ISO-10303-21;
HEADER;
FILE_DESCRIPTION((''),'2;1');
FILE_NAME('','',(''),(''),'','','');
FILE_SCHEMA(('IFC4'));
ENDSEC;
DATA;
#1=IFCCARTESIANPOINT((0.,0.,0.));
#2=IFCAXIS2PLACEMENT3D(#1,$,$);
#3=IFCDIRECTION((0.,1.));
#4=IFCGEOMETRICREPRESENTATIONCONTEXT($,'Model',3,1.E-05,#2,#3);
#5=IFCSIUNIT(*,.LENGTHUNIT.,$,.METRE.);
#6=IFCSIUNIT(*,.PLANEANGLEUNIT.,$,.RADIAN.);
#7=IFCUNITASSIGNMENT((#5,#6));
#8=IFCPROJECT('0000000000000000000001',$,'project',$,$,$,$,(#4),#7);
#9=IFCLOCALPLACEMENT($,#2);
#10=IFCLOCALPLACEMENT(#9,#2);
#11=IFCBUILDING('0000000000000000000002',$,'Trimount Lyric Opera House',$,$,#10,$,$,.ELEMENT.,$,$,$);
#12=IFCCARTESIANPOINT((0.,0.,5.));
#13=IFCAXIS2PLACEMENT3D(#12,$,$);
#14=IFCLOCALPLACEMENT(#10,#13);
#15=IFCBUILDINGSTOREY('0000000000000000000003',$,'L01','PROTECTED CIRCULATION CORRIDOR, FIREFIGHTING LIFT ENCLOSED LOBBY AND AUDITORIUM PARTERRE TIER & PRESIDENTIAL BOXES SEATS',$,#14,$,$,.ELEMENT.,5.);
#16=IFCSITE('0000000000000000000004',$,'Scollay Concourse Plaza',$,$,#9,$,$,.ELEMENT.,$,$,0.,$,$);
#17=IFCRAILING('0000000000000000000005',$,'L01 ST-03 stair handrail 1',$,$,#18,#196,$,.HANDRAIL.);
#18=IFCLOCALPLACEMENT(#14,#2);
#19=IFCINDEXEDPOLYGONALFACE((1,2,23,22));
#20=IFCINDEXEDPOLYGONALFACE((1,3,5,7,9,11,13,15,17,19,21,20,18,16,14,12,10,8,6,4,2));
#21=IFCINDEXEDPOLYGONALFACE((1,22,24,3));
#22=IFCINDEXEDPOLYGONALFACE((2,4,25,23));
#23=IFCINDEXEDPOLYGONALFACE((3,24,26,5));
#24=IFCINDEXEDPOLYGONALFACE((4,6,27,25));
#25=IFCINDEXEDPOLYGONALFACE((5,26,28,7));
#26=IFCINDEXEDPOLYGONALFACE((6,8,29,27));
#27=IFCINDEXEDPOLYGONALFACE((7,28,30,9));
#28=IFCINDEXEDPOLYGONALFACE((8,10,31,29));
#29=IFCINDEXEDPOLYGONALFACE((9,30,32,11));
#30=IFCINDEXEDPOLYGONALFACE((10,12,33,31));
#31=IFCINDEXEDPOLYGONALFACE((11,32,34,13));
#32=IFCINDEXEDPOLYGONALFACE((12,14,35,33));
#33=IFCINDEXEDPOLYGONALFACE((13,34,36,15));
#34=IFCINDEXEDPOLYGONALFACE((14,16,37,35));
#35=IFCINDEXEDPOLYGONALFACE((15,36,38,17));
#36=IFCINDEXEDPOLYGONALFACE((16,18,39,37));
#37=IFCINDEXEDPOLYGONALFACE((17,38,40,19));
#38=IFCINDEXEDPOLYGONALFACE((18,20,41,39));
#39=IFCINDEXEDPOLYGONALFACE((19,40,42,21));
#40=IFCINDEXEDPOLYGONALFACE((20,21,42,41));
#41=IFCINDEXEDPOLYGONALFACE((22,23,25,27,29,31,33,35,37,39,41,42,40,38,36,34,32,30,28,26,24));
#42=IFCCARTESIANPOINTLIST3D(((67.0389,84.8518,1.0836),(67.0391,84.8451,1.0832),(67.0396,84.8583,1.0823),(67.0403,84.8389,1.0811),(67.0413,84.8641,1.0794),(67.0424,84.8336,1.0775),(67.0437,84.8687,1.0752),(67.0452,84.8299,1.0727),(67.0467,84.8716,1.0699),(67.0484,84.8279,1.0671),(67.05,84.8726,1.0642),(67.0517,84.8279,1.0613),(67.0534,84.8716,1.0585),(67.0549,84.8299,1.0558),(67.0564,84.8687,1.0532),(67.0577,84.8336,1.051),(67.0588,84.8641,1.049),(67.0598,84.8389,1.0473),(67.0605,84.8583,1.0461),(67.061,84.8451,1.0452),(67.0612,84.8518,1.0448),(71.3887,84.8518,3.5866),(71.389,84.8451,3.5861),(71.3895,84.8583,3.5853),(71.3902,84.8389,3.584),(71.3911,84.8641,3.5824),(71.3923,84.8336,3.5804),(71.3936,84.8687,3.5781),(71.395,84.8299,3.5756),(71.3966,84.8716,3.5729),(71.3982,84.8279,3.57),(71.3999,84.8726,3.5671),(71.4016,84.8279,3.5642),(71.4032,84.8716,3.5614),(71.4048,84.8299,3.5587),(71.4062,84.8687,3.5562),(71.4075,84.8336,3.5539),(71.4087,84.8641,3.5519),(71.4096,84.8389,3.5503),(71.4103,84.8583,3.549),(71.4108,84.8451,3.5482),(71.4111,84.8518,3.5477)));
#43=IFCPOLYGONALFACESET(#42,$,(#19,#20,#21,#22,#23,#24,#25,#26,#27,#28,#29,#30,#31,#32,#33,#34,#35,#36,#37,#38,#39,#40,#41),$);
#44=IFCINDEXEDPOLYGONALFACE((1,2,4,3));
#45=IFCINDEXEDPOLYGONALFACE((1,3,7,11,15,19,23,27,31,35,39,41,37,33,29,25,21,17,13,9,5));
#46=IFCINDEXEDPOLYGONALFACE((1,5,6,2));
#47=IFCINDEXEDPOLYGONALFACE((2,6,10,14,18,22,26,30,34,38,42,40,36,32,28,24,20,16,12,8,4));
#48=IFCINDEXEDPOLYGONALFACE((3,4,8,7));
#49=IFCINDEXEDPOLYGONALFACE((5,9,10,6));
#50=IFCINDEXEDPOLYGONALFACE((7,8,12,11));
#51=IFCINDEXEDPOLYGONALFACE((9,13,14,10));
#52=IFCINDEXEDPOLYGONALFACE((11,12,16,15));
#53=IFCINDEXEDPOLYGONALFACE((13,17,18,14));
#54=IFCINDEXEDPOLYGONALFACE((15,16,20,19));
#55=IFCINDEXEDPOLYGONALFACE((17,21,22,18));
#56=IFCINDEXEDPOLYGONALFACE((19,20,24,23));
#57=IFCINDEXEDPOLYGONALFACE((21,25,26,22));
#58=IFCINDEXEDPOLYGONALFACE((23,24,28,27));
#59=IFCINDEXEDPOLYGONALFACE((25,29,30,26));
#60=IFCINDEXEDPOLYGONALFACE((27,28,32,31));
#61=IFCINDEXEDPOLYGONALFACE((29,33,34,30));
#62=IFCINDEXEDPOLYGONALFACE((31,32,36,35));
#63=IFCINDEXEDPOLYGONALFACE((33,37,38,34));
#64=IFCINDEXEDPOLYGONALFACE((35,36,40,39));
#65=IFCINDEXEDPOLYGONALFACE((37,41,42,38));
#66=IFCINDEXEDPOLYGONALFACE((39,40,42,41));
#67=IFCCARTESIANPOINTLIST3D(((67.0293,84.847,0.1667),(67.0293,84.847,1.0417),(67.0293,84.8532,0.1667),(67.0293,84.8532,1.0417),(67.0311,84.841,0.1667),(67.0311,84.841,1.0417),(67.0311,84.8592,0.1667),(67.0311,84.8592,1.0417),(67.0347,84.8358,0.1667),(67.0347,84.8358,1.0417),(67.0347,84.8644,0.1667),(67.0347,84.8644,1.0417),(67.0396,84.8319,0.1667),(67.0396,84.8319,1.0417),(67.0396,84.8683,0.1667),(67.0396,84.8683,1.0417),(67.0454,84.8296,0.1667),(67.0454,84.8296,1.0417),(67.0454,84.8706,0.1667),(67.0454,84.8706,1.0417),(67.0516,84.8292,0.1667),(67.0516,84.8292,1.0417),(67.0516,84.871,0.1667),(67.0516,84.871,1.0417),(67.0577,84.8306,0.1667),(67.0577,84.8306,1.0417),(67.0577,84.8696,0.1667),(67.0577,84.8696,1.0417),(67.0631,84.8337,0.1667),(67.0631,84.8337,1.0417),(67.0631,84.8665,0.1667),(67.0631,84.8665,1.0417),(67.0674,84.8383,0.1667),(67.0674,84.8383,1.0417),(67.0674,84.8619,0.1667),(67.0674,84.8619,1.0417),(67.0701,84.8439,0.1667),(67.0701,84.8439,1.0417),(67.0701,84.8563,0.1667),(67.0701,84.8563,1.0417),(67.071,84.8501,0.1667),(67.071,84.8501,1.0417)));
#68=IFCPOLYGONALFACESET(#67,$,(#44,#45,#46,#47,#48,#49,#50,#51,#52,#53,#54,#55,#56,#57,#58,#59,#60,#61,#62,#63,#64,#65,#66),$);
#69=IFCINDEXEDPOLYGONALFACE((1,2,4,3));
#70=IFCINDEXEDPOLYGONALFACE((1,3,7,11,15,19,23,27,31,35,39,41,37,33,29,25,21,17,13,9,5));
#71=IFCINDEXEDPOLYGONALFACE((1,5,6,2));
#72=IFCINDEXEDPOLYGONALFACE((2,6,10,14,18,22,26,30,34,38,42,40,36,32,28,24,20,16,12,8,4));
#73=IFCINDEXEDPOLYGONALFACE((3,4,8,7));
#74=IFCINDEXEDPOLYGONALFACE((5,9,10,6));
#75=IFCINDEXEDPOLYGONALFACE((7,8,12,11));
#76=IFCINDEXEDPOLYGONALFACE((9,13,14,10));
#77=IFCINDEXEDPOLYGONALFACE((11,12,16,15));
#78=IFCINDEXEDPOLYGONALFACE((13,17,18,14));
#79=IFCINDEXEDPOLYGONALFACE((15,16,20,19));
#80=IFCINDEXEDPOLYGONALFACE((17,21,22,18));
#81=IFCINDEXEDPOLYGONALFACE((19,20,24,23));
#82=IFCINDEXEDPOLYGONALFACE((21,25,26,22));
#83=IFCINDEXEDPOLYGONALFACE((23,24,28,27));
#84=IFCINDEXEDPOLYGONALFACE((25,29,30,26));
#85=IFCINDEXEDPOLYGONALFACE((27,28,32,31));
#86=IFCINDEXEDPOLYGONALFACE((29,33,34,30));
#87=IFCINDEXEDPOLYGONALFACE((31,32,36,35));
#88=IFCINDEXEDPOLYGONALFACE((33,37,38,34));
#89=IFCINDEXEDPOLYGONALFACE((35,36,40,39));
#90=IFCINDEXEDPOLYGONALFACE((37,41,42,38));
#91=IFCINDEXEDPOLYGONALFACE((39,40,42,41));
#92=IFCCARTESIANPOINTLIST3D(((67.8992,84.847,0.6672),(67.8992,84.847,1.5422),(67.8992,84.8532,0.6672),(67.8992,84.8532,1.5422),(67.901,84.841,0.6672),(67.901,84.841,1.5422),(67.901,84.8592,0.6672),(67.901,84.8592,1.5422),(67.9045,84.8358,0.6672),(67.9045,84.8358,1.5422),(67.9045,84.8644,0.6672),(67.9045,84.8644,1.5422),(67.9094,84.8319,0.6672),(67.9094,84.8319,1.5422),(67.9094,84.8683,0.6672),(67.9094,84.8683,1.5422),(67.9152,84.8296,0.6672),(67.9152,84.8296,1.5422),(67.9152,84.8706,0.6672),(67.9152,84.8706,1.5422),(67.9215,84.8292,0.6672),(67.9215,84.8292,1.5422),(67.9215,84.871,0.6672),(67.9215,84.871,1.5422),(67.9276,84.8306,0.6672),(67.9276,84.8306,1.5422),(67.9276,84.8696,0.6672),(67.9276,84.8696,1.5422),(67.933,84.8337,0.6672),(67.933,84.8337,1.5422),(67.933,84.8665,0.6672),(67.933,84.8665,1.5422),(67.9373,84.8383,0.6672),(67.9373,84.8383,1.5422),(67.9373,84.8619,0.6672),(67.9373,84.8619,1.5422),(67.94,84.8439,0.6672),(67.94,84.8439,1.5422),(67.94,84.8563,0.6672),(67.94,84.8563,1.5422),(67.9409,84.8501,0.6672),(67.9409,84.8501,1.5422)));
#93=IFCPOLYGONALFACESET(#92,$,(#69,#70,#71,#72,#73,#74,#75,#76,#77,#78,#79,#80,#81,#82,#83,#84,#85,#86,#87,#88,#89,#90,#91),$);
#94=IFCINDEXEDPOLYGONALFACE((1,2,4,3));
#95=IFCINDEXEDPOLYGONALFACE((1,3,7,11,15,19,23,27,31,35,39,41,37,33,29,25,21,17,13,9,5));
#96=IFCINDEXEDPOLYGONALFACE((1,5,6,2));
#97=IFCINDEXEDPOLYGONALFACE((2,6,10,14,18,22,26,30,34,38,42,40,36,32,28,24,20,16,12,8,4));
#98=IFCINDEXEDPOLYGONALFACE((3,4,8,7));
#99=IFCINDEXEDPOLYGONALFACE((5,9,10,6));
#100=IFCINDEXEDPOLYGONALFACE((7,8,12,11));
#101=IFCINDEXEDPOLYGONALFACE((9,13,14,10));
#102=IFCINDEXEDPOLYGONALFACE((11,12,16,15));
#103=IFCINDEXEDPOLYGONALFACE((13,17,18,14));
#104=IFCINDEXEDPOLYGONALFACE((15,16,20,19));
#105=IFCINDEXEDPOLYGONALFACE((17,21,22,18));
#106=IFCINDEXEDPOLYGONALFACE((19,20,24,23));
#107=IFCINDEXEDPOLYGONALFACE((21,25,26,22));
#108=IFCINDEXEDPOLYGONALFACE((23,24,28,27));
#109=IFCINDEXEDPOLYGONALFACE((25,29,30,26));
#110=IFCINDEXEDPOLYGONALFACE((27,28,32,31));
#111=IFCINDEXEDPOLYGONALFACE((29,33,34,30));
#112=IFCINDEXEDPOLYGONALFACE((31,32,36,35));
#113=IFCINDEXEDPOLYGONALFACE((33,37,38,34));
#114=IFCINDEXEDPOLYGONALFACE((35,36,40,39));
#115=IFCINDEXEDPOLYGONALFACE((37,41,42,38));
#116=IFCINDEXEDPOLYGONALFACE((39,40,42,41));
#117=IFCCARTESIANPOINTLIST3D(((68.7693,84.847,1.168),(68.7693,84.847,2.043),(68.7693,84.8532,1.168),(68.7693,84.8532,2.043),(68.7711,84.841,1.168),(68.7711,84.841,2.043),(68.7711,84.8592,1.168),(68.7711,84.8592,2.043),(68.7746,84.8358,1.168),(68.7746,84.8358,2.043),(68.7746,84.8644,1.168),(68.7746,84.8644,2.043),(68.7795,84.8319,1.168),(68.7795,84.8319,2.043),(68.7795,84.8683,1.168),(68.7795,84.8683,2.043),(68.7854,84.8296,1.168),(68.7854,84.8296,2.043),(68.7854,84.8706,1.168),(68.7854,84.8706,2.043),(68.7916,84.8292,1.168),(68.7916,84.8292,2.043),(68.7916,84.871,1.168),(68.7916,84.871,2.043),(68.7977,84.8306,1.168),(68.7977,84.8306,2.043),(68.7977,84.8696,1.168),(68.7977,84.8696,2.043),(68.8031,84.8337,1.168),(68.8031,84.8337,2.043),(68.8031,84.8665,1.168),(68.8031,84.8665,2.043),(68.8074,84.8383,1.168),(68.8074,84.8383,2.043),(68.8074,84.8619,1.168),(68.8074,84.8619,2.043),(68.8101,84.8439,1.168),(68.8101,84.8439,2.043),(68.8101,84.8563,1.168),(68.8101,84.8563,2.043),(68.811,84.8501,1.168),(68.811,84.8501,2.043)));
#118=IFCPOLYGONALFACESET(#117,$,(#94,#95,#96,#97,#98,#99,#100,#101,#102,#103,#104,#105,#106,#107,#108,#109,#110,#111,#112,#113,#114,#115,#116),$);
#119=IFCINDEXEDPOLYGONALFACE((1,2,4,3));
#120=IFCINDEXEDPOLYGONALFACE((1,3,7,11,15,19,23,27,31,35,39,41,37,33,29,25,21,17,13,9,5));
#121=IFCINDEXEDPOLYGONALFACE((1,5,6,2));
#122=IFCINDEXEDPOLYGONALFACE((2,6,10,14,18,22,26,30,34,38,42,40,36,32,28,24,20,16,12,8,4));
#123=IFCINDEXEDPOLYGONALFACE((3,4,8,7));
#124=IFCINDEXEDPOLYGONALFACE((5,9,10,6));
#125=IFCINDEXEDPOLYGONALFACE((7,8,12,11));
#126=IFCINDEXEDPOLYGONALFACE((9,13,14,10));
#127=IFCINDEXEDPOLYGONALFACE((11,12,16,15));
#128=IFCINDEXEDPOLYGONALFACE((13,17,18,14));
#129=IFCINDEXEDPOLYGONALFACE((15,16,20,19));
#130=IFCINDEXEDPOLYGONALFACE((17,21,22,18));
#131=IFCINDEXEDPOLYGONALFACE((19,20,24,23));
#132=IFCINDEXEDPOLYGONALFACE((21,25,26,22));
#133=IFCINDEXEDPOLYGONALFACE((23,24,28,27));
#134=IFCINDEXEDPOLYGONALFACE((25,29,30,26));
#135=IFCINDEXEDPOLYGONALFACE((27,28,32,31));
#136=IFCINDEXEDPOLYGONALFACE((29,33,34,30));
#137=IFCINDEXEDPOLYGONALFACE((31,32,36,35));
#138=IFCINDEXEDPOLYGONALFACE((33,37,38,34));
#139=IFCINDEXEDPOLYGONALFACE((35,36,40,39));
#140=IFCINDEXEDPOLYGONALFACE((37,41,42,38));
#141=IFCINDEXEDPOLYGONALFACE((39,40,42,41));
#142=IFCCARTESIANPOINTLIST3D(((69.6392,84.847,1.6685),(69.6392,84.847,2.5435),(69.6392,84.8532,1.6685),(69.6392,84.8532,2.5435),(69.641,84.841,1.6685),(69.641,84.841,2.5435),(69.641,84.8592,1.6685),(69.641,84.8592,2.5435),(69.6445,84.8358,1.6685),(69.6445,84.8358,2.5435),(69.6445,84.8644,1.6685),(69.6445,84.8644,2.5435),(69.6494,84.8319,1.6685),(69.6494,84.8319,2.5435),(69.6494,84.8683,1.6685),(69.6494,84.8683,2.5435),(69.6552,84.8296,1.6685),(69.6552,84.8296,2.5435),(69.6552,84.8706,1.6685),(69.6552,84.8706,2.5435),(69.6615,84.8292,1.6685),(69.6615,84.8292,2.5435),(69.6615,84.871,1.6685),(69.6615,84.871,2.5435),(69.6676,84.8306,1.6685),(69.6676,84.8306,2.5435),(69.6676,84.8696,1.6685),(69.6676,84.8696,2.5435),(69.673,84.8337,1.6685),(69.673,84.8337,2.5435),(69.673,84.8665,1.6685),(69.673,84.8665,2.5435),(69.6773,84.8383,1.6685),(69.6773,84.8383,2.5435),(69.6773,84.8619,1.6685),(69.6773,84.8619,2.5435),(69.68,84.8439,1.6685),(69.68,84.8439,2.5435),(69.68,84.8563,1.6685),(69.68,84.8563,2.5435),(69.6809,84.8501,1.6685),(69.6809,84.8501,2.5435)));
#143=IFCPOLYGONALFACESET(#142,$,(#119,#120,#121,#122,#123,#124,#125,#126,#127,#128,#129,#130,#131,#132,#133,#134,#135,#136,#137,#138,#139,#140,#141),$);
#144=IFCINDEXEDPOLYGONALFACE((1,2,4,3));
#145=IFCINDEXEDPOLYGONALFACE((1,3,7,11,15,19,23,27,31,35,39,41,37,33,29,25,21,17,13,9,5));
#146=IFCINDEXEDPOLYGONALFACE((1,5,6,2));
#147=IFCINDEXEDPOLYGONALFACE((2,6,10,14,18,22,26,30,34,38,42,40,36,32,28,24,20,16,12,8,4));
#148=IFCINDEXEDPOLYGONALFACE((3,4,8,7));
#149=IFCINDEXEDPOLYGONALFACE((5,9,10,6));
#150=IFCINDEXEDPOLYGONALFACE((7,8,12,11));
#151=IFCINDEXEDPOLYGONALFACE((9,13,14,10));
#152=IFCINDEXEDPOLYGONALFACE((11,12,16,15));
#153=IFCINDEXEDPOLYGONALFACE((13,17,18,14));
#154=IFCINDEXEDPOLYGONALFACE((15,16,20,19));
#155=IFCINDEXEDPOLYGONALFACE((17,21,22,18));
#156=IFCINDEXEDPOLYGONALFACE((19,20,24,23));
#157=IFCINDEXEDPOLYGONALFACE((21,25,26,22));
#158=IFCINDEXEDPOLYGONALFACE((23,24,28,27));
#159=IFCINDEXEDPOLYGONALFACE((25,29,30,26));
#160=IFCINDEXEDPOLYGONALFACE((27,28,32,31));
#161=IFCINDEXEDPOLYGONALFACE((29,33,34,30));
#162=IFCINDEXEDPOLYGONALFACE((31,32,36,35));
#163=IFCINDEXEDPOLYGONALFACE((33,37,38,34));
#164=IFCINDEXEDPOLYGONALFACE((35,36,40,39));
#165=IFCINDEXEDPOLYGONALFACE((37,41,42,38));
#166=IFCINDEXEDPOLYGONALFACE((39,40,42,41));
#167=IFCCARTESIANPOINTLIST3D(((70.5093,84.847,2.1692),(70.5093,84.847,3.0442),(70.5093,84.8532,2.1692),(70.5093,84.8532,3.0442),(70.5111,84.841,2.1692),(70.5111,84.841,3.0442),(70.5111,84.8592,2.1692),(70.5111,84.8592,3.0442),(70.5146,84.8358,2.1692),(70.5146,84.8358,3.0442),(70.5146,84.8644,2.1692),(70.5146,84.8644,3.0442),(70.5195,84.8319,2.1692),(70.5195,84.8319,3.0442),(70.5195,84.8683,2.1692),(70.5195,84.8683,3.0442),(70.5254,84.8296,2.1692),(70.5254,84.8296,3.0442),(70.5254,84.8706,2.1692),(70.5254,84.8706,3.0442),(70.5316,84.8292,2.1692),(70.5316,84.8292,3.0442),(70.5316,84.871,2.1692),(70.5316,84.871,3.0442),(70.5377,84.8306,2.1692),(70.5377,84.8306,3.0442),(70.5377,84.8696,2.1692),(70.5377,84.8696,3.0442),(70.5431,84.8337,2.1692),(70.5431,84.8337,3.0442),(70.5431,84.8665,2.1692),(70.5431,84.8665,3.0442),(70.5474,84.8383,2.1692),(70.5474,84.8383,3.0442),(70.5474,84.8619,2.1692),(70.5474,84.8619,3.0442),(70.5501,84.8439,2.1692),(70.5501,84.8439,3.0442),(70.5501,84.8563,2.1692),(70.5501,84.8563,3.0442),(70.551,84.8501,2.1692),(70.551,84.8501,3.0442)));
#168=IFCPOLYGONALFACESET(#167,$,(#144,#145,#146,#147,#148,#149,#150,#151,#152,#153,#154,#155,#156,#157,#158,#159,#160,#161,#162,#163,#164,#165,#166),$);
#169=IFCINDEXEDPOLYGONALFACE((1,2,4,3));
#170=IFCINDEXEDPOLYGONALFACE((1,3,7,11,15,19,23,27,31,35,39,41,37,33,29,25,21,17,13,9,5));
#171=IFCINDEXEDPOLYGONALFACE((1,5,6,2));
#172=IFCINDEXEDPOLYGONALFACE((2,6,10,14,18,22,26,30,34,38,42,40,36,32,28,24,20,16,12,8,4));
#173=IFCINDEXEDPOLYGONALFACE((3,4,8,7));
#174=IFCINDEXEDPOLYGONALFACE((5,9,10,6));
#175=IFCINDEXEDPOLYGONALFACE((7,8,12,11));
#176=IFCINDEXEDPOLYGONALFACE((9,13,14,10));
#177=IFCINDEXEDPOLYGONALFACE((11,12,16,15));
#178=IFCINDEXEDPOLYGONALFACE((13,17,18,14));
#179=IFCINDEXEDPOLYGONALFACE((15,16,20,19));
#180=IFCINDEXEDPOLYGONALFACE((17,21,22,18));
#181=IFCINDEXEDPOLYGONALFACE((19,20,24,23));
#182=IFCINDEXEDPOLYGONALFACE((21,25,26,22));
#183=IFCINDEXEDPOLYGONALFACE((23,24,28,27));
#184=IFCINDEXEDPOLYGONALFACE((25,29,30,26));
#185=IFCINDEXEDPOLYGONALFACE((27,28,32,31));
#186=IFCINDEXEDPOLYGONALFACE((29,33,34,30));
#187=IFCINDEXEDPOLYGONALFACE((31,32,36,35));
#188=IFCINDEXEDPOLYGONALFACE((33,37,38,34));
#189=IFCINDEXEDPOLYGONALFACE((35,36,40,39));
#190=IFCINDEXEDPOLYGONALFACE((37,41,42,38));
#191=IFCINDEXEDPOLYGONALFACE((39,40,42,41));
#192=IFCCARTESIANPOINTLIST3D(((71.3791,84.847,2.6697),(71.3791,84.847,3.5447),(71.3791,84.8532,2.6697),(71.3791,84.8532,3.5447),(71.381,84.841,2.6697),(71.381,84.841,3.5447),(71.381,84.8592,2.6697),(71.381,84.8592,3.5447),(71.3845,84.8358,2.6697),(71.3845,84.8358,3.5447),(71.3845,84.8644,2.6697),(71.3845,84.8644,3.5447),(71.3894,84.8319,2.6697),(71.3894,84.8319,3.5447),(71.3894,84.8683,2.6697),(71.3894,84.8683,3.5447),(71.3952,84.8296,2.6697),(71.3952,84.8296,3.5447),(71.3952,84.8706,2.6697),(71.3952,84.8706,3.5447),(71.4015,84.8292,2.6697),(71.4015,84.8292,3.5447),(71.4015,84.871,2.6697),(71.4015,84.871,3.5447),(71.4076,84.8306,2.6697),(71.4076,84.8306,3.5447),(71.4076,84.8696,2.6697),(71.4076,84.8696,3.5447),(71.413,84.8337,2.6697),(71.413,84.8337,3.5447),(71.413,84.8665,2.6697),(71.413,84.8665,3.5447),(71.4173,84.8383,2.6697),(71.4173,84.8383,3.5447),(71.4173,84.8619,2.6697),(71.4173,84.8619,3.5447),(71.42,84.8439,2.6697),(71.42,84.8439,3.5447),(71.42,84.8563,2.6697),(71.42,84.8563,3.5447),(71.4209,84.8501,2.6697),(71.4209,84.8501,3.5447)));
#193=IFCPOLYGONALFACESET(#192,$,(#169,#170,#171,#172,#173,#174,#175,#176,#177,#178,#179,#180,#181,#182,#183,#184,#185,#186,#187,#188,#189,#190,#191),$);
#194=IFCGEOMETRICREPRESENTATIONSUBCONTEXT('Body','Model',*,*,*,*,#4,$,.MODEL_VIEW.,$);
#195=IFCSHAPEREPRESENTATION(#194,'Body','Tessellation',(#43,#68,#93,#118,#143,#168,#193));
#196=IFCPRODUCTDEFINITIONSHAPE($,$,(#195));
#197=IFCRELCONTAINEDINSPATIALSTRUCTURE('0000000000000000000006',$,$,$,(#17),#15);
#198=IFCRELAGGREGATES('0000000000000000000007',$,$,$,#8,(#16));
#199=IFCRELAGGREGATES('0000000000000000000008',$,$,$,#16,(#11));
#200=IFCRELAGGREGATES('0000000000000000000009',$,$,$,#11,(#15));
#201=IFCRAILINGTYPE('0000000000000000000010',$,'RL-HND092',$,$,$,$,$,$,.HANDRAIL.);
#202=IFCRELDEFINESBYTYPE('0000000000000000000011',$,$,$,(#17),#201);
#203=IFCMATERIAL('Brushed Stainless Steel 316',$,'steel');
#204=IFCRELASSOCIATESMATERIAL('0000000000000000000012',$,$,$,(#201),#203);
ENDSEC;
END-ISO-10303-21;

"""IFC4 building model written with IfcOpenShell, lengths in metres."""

from ifc_helpers import new_model, si_unit, direction, frame, origin, origin_2d, place, context, subcontext, project, spatial, circle, extrude, material, type_object, element, save


model = new_model("IFC4")

# Units and contexts
model_context = context("Model", 3, precision=1e-05, world=origin(), true_north=direction((0.0, 1.0)))
body_context = subcontext(model_context, "Body", "Model", "MODEL_VIEW")
ifc_project = project(units=[si_unit("LENGTHUNIT", "METRE"), si_unit("PLANEANGLEUNIT", "RADIAN")], contexts=[model_context])

# Site, building, storey
site_placement = place(None, origin())
site = spatial("IfcSite", under=ifc_project, at=site_placement, Name="Scollay Concourse Plaza", CompositionType="ELEMENT", RefElevation=0.0)
building_placement = place(site_placement, origin())
building = spatial("IfcBuilding", under=site, at=building_placement, Name="Trimount Lyric Opera House", CompositionType="ELEMENT")
storey_placement = place(building_placement, frame((0.0, 0.0, 5.0)))
storey = spatial("IfcBuildingStorey", under=building, at=storey_placement, Name="L01", Description="PROTECTED CIRCULATION CORRIDOR, FIREFIGHTING LIFT ENCLOSED LOBBY AND AUDITORIUM PARTERRE TIER & PRESIDENTIAL BOXES SEATS", CompositionType="ELEMENT", Elevation=5.0)

# Railing
ifc_material_1 = material(Name="Brushed Stainless Steel 316", Category="steel")
railing_type_1 = type_object("IfcRailingType", Name="RL-HND092", PredefinedType="HANDRAIL", material=ifc_material_1)
railing_1_placement = place(storey_placement, frame((67.05, 84.8501, 0.1667)))
element("IfcRailing", 1, at=railing_1_placement, inside=storey, type_object=railing_type_1, Name="L01 ST-03 stair handrail 1", PredefinedType="HANDRAIL", context=body_context, shape_type="SweptSolid", body=[
    extrude(circle(Radius=0.0225, at=origin_2d()), frame((0.0, 0.0, 0.8975), z_axis=(0.866754, 0.0, 0.498735), x_axis=(0.0, 1.0, 0.0)), (0.0, 0.0, 1.0), 5.0186),
    extrude(circle(Radius=0.021, at=origin_2d()), origin(), (0.0, 0.0, 1.0), 0.875),
    extrude(circle(Radius=0.021, at=origin_2d()), frame((0.8699, 0.0, 0.5005)), (0.0, 0.0, 1.0), 0.875),
    extrude(circle(Radius=0.021, at=origin_2d()), frame((1.74, 0.0, 1.0012)), (0.0, 0.0, 1.0), 0.875),
    extrude(circle(Radius=0.021, at=origin_2d()), frame((2.6099, 0.0, 1.5017)), (0.0, 0.0, 1.0), 0.875),
    extrude(circle(Radius=0.021, at=origin_2d()), frame((3.48, 0.0, 2.0024)), (0.0, 0.0, 1.0), 0.875),
    extrude(circle(Radius=0.021, at=origin_2d()), frame((4.3499, 0.0, 2.5029)), (0.0, 0.0, 1.0), 0.875),
])

save(model, "model.ifc")
